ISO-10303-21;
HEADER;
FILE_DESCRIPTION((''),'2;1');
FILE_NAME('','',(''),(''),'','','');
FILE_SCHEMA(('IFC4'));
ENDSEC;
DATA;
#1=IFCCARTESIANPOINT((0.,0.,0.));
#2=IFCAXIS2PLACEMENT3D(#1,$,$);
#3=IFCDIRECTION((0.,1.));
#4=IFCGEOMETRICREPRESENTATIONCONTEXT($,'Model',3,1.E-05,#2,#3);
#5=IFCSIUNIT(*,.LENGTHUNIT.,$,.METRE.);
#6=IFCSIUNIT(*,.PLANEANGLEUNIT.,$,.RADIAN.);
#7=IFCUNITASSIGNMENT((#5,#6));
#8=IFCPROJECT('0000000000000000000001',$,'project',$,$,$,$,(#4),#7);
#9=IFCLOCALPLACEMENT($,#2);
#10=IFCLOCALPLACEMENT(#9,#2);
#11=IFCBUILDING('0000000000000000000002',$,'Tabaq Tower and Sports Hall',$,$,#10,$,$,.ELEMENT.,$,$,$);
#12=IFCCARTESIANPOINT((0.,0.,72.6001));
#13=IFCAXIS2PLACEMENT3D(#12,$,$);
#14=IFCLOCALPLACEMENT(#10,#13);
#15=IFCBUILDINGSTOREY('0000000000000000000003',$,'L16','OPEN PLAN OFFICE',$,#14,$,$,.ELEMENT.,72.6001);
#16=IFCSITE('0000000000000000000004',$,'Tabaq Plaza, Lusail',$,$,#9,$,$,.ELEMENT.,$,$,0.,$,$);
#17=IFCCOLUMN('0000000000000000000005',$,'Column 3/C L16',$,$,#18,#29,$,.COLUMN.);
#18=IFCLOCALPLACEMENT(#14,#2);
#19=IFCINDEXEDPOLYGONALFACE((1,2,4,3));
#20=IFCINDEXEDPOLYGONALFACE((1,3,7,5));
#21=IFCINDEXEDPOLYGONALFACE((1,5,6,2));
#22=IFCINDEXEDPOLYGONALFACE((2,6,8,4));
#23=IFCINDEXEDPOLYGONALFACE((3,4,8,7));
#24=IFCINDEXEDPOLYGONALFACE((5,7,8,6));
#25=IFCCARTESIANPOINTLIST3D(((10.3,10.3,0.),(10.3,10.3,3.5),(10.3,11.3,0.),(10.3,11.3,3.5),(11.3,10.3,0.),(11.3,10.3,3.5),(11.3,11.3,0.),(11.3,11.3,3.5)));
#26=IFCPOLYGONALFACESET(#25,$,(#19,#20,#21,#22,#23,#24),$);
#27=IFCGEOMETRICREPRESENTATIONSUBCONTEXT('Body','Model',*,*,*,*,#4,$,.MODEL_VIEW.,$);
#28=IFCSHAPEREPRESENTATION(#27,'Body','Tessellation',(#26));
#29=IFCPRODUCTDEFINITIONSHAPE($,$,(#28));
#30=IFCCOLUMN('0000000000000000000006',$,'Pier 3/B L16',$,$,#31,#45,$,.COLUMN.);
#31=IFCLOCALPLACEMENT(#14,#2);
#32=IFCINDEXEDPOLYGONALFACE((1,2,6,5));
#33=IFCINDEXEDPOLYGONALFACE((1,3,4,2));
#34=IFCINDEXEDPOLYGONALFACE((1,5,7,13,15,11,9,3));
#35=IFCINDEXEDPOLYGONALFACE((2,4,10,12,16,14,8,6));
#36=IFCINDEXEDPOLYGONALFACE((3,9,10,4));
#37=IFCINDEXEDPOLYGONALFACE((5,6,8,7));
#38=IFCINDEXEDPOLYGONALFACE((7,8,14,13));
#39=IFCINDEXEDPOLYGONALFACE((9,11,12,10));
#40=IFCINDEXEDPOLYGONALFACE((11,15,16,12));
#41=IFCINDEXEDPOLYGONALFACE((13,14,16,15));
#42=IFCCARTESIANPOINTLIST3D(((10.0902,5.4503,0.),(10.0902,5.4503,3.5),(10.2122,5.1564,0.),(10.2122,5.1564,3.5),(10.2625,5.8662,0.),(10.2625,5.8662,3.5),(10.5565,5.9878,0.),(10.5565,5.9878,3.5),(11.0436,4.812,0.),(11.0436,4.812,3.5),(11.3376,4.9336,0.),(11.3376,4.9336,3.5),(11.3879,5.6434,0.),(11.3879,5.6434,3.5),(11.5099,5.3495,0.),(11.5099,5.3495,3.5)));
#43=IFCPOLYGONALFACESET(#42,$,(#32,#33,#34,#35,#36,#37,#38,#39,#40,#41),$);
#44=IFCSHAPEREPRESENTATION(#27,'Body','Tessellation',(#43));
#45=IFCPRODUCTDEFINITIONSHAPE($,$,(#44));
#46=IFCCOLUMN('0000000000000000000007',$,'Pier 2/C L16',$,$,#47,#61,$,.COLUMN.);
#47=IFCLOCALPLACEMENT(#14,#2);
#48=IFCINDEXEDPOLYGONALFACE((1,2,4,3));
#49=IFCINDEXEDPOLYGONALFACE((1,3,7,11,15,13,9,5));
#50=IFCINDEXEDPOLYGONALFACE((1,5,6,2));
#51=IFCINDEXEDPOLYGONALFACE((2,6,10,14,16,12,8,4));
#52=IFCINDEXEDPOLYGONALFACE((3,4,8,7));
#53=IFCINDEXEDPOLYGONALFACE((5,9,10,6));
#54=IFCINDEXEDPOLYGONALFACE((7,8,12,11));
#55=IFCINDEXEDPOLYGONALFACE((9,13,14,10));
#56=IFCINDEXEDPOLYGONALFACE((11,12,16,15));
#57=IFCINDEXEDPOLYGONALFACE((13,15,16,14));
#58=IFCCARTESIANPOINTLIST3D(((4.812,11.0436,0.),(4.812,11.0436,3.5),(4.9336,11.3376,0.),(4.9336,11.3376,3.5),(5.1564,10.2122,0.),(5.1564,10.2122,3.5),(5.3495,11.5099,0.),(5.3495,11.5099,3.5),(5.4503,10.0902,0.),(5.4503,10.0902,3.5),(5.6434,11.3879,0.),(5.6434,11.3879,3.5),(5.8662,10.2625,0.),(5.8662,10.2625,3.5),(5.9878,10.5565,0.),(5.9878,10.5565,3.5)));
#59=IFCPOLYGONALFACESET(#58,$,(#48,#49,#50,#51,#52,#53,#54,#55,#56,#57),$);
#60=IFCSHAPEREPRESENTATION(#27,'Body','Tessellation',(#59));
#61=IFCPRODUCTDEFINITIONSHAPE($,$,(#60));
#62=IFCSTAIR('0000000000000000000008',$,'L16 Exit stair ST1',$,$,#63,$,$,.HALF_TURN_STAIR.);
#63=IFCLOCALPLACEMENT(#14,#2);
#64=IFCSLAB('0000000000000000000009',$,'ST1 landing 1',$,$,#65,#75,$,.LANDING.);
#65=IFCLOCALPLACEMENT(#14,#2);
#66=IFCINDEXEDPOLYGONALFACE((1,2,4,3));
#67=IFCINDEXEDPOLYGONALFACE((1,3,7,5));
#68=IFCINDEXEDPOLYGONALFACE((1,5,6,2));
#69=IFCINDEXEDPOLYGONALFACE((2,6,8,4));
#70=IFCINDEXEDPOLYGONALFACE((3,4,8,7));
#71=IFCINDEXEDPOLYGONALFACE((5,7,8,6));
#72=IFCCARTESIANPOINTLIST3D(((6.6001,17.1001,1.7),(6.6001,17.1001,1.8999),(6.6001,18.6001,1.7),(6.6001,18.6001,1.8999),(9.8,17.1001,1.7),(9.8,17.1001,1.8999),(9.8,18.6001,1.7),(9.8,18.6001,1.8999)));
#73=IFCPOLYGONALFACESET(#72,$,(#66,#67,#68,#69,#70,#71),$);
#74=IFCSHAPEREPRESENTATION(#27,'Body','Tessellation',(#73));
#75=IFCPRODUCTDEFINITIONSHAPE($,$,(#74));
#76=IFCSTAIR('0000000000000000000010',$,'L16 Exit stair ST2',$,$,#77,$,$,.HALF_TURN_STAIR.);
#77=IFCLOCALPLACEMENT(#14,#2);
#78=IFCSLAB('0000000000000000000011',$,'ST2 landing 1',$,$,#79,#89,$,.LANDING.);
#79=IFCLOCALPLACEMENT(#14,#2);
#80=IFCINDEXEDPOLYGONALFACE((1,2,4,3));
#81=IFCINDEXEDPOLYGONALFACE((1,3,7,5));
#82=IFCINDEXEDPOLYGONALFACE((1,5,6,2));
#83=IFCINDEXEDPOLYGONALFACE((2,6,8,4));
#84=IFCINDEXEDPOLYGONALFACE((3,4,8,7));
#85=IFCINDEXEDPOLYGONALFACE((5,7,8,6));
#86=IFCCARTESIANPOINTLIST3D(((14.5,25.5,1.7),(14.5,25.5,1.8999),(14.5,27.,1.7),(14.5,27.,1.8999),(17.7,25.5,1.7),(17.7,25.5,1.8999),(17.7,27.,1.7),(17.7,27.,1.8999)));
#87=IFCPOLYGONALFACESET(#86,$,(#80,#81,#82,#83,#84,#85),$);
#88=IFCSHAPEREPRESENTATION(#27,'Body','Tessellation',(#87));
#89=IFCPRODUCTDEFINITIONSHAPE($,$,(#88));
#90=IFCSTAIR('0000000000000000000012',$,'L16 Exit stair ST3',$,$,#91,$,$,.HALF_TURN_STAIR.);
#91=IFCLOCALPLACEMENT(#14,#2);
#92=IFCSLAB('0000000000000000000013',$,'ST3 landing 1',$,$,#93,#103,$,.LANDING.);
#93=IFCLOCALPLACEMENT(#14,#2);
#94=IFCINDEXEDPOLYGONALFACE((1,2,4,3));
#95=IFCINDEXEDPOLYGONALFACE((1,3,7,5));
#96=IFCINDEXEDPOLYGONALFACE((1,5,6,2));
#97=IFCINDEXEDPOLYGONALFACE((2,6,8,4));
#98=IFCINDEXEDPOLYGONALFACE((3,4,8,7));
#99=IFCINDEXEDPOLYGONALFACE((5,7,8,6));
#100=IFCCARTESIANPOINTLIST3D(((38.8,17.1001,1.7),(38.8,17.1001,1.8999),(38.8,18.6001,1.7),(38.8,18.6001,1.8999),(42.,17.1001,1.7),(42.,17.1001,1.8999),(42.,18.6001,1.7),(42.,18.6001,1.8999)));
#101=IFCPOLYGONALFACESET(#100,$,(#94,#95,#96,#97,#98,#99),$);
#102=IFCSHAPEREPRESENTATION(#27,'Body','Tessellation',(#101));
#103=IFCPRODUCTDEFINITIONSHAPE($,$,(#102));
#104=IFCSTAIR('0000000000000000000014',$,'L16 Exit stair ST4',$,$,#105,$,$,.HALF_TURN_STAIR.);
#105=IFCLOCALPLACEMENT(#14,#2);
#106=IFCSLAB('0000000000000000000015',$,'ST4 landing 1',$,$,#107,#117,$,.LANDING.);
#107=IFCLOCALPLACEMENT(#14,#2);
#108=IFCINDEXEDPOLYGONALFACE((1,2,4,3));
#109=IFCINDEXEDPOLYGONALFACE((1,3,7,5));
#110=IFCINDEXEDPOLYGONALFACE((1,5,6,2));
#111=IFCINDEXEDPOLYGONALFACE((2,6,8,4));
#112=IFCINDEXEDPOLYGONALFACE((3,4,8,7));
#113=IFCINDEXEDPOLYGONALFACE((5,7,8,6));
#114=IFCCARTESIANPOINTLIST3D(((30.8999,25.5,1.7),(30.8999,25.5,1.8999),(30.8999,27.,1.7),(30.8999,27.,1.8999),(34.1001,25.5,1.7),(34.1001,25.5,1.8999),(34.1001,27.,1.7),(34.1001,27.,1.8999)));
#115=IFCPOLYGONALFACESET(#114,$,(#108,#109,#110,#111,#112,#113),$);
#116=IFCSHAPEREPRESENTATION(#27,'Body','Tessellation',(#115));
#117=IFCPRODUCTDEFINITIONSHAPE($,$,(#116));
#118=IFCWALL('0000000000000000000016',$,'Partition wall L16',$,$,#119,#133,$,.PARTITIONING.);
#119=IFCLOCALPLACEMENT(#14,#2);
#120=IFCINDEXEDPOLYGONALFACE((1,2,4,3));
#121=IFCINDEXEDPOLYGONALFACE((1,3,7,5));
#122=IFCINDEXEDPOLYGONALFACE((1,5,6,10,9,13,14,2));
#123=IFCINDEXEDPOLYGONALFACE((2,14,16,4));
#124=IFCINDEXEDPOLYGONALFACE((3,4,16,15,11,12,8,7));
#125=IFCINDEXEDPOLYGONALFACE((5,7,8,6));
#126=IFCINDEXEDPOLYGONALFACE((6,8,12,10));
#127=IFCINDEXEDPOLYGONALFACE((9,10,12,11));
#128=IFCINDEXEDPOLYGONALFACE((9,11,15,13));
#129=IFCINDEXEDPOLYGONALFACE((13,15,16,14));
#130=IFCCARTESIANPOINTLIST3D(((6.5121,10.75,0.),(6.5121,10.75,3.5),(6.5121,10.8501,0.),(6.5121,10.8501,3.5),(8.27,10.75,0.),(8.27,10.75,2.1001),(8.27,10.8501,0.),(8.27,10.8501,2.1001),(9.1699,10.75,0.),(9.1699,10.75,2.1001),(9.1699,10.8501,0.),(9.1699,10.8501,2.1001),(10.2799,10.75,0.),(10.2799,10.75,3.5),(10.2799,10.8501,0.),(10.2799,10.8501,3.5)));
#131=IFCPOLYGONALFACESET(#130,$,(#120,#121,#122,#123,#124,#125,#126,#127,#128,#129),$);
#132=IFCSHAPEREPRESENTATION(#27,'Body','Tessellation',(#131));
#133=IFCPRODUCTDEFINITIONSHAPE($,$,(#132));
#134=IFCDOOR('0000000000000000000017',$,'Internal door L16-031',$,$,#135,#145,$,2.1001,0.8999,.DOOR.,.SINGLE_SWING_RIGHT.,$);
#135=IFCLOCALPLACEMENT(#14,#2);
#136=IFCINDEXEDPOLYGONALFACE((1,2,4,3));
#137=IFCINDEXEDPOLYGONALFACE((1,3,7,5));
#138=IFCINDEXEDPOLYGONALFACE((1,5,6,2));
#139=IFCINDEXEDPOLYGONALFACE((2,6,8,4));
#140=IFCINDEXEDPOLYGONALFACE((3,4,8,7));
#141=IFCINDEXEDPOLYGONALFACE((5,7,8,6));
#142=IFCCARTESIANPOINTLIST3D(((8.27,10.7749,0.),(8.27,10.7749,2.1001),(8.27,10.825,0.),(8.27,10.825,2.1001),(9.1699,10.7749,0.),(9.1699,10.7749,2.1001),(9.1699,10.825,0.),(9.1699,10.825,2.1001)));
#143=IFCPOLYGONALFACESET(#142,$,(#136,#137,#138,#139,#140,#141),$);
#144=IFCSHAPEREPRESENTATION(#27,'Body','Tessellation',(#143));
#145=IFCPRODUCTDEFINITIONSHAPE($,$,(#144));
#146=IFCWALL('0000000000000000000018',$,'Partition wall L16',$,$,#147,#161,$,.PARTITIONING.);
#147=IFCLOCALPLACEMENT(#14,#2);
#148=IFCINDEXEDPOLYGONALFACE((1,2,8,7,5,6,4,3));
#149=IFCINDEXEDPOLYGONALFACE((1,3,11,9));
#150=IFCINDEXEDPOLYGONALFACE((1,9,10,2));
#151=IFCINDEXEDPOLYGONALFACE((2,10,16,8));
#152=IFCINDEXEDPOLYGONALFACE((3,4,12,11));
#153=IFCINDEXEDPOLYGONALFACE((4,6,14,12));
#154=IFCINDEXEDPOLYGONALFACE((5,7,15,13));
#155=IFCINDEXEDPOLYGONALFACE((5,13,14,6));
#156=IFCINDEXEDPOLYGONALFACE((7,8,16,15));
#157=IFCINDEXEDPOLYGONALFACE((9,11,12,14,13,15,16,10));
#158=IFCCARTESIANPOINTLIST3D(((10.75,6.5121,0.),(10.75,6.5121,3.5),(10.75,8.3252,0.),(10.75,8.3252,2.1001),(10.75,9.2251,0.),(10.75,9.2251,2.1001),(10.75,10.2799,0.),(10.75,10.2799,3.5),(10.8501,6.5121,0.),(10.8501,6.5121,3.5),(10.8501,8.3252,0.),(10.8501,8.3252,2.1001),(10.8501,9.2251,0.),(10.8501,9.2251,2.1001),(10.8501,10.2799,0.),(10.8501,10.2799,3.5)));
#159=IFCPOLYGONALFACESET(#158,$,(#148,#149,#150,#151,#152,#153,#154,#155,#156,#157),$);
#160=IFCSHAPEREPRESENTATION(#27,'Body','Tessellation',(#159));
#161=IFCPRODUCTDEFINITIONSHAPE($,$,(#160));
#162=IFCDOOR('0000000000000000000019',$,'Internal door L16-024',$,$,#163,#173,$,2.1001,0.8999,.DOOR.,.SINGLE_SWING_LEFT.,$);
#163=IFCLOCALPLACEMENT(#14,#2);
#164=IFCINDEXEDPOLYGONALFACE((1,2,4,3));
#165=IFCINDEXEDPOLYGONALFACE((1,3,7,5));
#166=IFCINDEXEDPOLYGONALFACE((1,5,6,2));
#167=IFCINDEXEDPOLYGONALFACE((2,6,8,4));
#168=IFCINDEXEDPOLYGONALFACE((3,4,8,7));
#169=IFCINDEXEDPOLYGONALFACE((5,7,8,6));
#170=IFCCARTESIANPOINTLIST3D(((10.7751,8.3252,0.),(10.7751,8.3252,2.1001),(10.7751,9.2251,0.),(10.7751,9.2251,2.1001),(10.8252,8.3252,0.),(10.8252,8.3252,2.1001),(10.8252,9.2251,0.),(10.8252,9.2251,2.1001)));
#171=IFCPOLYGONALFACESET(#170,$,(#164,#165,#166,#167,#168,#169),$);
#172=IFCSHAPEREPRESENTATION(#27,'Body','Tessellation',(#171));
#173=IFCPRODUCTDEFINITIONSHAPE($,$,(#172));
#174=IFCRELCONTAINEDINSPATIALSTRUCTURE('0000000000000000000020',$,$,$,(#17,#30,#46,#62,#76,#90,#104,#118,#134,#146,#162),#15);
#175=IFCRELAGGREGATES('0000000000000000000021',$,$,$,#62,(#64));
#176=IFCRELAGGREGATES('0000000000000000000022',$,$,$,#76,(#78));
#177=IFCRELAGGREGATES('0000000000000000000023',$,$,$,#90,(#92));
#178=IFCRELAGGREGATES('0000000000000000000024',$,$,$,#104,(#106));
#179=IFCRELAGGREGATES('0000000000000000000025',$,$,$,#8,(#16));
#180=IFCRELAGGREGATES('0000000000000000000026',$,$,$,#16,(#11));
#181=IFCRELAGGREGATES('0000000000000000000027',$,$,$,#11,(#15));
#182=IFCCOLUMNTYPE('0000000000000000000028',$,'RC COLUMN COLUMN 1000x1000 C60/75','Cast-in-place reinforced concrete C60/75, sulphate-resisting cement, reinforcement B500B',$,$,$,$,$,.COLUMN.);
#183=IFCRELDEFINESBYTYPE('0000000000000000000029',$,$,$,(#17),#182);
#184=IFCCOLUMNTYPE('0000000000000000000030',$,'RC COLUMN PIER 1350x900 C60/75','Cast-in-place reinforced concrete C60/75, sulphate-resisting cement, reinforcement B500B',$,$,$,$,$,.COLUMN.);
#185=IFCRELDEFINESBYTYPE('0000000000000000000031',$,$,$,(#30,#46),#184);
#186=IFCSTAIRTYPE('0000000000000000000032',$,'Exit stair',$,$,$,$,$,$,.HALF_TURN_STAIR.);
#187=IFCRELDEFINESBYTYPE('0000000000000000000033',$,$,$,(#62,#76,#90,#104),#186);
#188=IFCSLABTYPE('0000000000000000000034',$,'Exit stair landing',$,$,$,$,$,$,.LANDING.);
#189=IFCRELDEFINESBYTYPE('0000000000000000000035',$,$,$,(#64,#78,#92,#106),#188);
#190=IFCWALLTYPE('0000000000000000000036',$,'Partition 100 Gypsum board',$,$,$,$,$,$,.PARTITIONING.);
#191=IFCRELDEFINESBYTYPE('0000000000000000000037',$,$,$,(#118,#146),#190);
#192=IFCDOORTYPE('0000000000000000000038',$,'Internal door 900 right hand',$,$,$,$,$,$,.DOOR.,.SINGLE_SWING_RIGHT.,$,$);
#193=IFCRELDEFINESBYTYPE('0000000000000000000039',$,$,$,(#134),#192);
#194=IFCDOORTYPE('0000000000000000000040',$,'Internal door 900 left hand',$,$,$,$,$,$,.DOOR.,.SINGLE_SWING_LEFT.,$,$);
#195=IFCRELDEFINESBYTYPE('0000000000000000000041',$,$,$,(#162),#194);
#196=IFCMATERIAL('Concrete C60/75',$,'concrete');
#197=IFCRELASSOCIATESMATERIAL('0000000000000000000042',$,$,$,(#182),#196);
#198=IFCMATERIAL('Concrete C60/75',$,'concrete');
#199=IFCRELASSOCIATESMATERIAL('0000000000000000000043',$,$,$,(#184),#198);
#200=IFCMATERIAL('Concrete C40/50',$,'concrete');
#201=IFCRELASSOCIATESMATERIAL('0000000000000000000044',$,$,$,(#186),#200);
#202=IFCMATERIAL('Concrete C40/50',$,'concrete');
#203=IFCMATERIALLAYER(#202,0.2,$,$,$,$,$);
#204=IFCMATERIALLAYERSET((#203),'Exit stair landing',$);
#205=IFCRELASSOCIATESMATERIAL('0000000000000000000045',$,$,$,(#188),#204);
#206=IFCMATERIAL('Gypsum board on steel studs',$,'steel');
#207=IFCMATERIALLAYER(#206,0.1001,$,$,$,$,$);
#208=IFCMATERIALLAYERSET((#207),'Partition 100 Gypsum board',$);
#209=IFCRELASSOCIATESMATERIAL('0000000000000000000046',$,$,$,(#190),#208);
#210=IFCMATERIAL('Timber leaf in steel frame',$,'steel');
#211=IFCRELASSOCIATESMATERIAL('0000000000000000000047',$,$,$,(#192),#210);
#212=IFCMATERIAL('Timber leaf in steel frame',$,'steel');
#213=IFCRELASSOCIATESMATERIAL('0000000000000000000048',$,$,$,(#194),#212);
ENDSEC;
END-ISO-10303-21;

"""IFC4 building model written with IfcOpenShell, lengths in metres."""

from ifc_helpers import new_model, si_unit, direction, frame, frame_2d, origin, origin_2d, place, context, subcontext, project, spatial, polyline, rectangle, outline, extrude, material, layer, layer_set, material_profile, profile_set, type_object, element, fill, aggregate, save


model = new_model("IFC4")

# Units and contexts
model_context = context("Model", 3, precision=1e-05, world=origin(), true_north=direction((0.0, 1.0)))
body_context = subcontext(model_context, "Body", "Model", "MODEL_VIEW")
ifc_project = project(units=[si_unit("LENGTHUNIT", "METRE"), si_unit("PLANEANGLEUNIT", "RADIAN")], contexts=[model_context])

# Site, building, storey
site_placement = place(None, origin())
site = spatial("IfcSite", under=ifc_project, at=site_placement, Name="Tabaq Plaza, Lusail", CompositionType="ELEMENT", RefElevation=0.0)
building_placement = place(site_placement, origin())
building = spatial("IfcBuilding", under=site, at=building_placement, Name="Tabaq Tower and Sports Hall", CompositionType="ELEMENT")
storey_placement = place(building_placement, frame((0.0, 0.0, 72.6001)))
storey = spatial("IfcBuildingStorey", under=building, at=storey_placement, Name="L16", Description="OPEN PLAN OFFICE", CompositionType="ELEMENT", Elevation=72.6001)

# Columns
ifc_material_1 = material(Name="Concrete C60/75", Category="concrete")
ifc_material_profile_1 = material_profile(ifc_material_1, rectangle(XDim=1.0, YDim=1.0, at=origin_2d()), Name="COLUMN 1000x1000")
ifc_profile_set_1 = profile_set([ifc_material_profile_1], Name="Concrete C60/75")
column_type_1 = type_object("IfcColumnType", Name="RC COLUMN COLUMN 1000x1000 C60/75", Description="Cast-in-place reinforced concrete C60/75, sulphate-resisting cement, reinforcement B500B", PredefinedType="COLUMN", material=ifc_profile_set_1)
column_placement = place(storey_placement, frame((10.8, 10.8, 0.0), z_axis=(0.0, 0.0, 1.0), x_axis=(1.0, 0.0, 0.0)))
element("IfcColumn", 1, at=column_placement, inside=storey, type_object=column_type_1, Name="Column 3/C L16", PredefinedType="COLUMN", context=body_context, shape_type="SweptSolid", body=[
    extrude(rectangle(XDim=1.0, YDim=1.0, at=origin_2d()), origin(), (0.0, 0.0, 1.0), 3.5),
])
ifc_material_2 = material(Name="Concrete C60/75", Category="concrete")
ifc_material_profile_2 = material_profile(ifc_material_2, outline(polyline([(-0.45, -0.45), (0.45, -0.45), (0.675, -0.2251), (0.675, 0.2251), (0.45, 0.45), (-0.45, 0.45), (-0.675, 0.2251), (-0.675, -0.2251), (-0.45, -0.45)])), Name="PIER 1350x900")
ifc_profile_set_2 = profile_set([ifc_material_profile_2], Name="Concrete C60/75")
column_type_2 = type_object("IfcColumnType", Name="RC COLUMN PIER 1350x900 C60/75", Description="Cast-in-place reinforced concrete C60/75, sulphate-resisting cement, reinforcement B500B", PredefinedType="COLUMN", material=ifc_profile_set_2)
for number, where, z_axis, x_axis, name in (
    (2, (10.8, 5.3999, 0.0), (0.0, 0.0, 1.0), (-0.92388, 0.382683, 0.0), "Pier 3/B L16"),
    (3, (5.3999, 10.8, 0.0), (0.0, 0.0, 1.0), (-0.382683, 0.92388, 0.0), "Pier 2/C L16"),
):
    element("IfcColumn", number, at=place(storey_placement, frame(where, z_axis=z_axis, x_axis=x_axis)), inside=storey, type_object=column_type_2, Name=name, PredefinedType="COLUMN", context=body_context, shape_type="SweptSolid", body=[
        extrude(outline(polyline([(-0.45, -0.45), (0.45, -0.45), (0.675, -0.2251), (0.675, 0.2251), (0.45, 0.45), (-0.45, 0.45), (-0.675, 0.2251), (-0.675, -0.2251), (-0.45, -0.45)])), origin(), (0.0, 0.0, 1.0), 3.5),
    ])

# Stairs, slabs
ifc_material_3 = material(Name="Concrete C40/50", Category="concrete")
stair_type = type_object("IfcStairType", Name="Exit stair", PredefinedType="HALF_TURN_STAIR", material=ifc_material_3)
stair_1_placement = place(storey_placement, origin())
stair_1 = element("IfcStair", 4, at=stair_1_placement, inside=storey, type_object=stair_type, Name="L16 Exit stair ST1", PredefinedType="HALF_TURN_STAIR")
ifc_material_4 = material(Name="Concrete C40/50", Category="concrete")
ifc_layer_1 = layer(ifc_material_4, 0.2)
ifc_layer_set_1 = layer_set([ifc_layer_1], Name="Exit stair landing")
slab_type = type_object("IfcSlabType", Name="Exit stair landing", PredefinedType="LANDING", material=ifc_layer_set_1)
slab_1_placement = place(storey_placement, frame((0.0, 0.0, 1.7)))
slab_1 = element("IfcSlab", 5, at=slab_1_placement, type_object=slab_type, Name="ST1 landing 1", PredefinedType="LANDING", context=body_context, shape_type="SweptSolid", body=[
    extrude(outline(polyline([(6.6001, 18.6001), (6.6001, 17.1001), (9.8, 17.1001), (9.8, 18.6001), (6.6001, 18.6001)])), origin(), (0.0, 0.0, 1.0), 0.2),
])
aggregate(stair_1, [slab_1])
stair_2_placement = place(storey_placement, origin())
stair_2 = element("IfcStair", 6, at=stair_2_placement, inside=storey, type_object=stair_type, Name="L16 Exit stair ST2", PredefinedType="HALF_TURN_STAIR")
slab_2_placement = place(storey_placement, frame((0.0, 0.0, 1.7)))
slab_2 = element("IfcSlab", 7, at=slab_2_placement, type_object=slab_type, Name="ST2 landing 1", PredefinedType="LANDING", context=body_context, shape_type="SweptSolid", body=[
    extrude(outline(polyline([(14.5, 27.0), (14.5, 25.5), (17.7, 25.5), (17.7, 27.0), (14.5, 27.0)])), origin(), (0.0, 0.0, 1.0), 0.2),
])
aggregate(stair_2, [slab_2])
stair_3_placement = place(storey_placement, origin())
stair_3 = element("IfcStair", 8, at=stair_3_placement, inside=storey, type_object=stair_type, Name="L16 Exit stair ST3", PredefinedType="HALF_TURN_STAIR")
slab_3_placement = place(storey_placement, frame((0.0, 0.0, 1.7)))
slab_3 = element("IfcSlab", 9, at=slab_3_placement, type_object=slab_type, Name="ST3 landing 1", PredefinedType="LANDING", context=body_context, shape_type="SweptSolid", body=[
    extrude(outline(polyline([(38.8, 18.6001), (38.8, 17.1001), (42.0, 17.1001), (42.0, 18.6001), (38.8, 18.6001)])), origin(), (0.0, 0.0, 1.0), 0.2),
])
aggregate(stair_3, [slab_3])
stair_4_placement = place(storey_placement, origin())
stair_4 = element("IfcStair", 10, at=stair_4_placement, inside=storey, type_object=stair_type, Name="L16 Exit stair ST4", PredefinedType="HALF_TURN_STAIR")
slab_4_placement = place(storey_placement, frame((0.0, 0.0, 1.7)))
slab_4 = element("IfcSlab", 11, at=slab_4_placement, type_object=slab_type, Name="ST4 landing 1", PredefinedType="LANDING", context=body_context, shape_type="SweptSolid", body=[
    extrude(outline(polyline([(30.8999, 27.0), (30.8999, 25.5), (34.1001, 25.5), (34.1001, 27.0), (30.8999, 27.0)])), origin(), (0.0, 0.0, 1.0), 0.2),
])
aggregate(stair_4, [slab_4])

# Walls, openings, doors
ifc_material_5 = material(Name="Gypsum board on steel studs", Category="steel")
ifc_layer_2 = layer(ifc_material_5, 0.1001)
ifc_layer_set_2 = layer_set([ifc_layer_2], Name="Partition 100 Gypsum board")
wall_type = type_object("IfcWallType", Name="Partition 100 Gypsum board", PredefinedType="PARTITIONING", material=ifc_layer_set_2)
wall_1_placement = place(storey_placement, frame((6.5122, 10.8, 0.0), z_axis=(0.0, 0.0, 1.0), x_axis=(1.0, 0.0, 0.0)))
wall_1 = element("IfcWall", 12, at=wall_1_placement, inside=storey, type_object=wall_type, Name="Partition wall L16", PredefinedType="PARTITIONING", context=body_context, shape_type="SweptSolid", body=[
    extrude(rectangle(XDim=3.7678, YDim=0.1001, at=frame_2d((1.8838, 0.0))), origin(), (0.0, 0.0, 1.0), 3.5),
])
opening_1_placement = place(wall_1_placement, frame((1.7578, 0.0, 0.0)))
opening_1 = element("IfcOpeningElement", 13, at=opening_1_placement, cuts=wall_1, PredefinedType="OPENING", context=body_context, shape_type="SweptSolid", body=[
    extrude(rectangle(XDim=0.8999, YDim=2.1001, at=frame_2d((0.45, 1.05))), frame((0.0, 0.05, 0.0), z_axis=(0.0, -1.0, 0.0), x_axis=(1.0, 0.0, 0.0)), (0.0, 0.0, 1.0), 0.1001),
])
ifc_material_6 = material(Name="Timber leaf in steel frame", Category="steel")
door_type_1 = type_object("IfcDoorType", Name="Internal door 900 right hand", OperationType="SINGLE_SWING_RIGHT", PredefinedType="DOOR", material=ifc_material_6)
door_1_placement = place(opening_1_placement, origin())
door_1 = element("IfcDoor", 14, at=door_1_placement, inside=storey, type_object=door_type_1, Name="Internal door L16-031", OperationType="SINGLE_SWING_RIGHT", OverallHeight=2.1001, OverallWidth=0.8999, PredefinedType="DOOR", context=body_context, shape_type="SweptSolid", body=[
    extrude(rectangle(XDim=0.8999, YDim=2.1001, at=frame_2d((0.45, 1.05))), frame((0.0, 0.0249, 0.0), z_axis=(0.0, -1.0, 0.0), x_axis=(1.0, 0.0, 0.0)), (0.0, 0.0, 1.0), 0.05),
])
fill(opening_1, door_1)
wall_2_placement = place(storey_placement, frame((10.8, 6.5122, 0.0), z_axis=(0.0, 0.0, 1.0), x_axis=(0.0, 1.0, 0.0)))
wall_2 = element("IfcWall", 15, at=wall_2_placement, inside=storey, type_object=wall_type, Name="Partition wall L16", PredefinedType="PARTITIONING", context=body_context, shape_type="SweptSolid", body=[
    extrude(rectangle(XDim=3.7678, YDim=0.1001, at=frame_2d((1.8838, 0.0))), origin(), (0.0, 0.0, 1.0), 3.5),
])
opening_2_placement = place(wall_2_placement, frame((1.813, 0.0, 0.0)))
opening_2 = element("IfcOpeningElement", 16, at=opening_2_placement, cuts=wall_2, PredefinedType="OPENING", context=body_context, shape_type="SweptSolid", body=[
    extrude(rectangle(XDim=0.8999, YDim=2.1001, at=frame_2d((0.45, 1.05))), frame((0.0, 0.05, 0.0), z_axis=(0.0, -1.0, 0.0), x_axis=(1.0, 0.0, 0.0)), (0.0, 0.0, 1.0), 0.1001),
])
ifc_material_7 = material(Name="Timber leaf in steel frame", Category="steel")
door_type_2 = type_object("IfcDoorType", Name="Internal door 900 left hand", OperationType="SINGLE_SWING_LEFT", PredefinedType="DOOR", material=ifc_material_7)
door_2_placement = place(opening_2_placement, origin())
door_2 = element("IfcDoor", 17, at=door_2_placement, inside=storey, type_object=door_type_2, Name="Internal door L16-024", OperationType="SINGLE_SWING_LEFT", OverallHeight=2.1001, OverallWidth=0.8999, PredefinedType="DOOR", context=body_context, shape_type="SweptSolid", body=[
    extrude(rectangle(XDim=0.8999, YDim=2.1001, at=frame_2d((0.45, 1.05))), frame((0.0, 0.0249, 0.0), z_axis=(0.0, -1.0, 0.0), x_axis=(1.0, 0.0, 0.0)), (0.0, 0.0, 1.0), 0.05),
])
fill(opening_2, door_2)

save(model, "model.ifc")
